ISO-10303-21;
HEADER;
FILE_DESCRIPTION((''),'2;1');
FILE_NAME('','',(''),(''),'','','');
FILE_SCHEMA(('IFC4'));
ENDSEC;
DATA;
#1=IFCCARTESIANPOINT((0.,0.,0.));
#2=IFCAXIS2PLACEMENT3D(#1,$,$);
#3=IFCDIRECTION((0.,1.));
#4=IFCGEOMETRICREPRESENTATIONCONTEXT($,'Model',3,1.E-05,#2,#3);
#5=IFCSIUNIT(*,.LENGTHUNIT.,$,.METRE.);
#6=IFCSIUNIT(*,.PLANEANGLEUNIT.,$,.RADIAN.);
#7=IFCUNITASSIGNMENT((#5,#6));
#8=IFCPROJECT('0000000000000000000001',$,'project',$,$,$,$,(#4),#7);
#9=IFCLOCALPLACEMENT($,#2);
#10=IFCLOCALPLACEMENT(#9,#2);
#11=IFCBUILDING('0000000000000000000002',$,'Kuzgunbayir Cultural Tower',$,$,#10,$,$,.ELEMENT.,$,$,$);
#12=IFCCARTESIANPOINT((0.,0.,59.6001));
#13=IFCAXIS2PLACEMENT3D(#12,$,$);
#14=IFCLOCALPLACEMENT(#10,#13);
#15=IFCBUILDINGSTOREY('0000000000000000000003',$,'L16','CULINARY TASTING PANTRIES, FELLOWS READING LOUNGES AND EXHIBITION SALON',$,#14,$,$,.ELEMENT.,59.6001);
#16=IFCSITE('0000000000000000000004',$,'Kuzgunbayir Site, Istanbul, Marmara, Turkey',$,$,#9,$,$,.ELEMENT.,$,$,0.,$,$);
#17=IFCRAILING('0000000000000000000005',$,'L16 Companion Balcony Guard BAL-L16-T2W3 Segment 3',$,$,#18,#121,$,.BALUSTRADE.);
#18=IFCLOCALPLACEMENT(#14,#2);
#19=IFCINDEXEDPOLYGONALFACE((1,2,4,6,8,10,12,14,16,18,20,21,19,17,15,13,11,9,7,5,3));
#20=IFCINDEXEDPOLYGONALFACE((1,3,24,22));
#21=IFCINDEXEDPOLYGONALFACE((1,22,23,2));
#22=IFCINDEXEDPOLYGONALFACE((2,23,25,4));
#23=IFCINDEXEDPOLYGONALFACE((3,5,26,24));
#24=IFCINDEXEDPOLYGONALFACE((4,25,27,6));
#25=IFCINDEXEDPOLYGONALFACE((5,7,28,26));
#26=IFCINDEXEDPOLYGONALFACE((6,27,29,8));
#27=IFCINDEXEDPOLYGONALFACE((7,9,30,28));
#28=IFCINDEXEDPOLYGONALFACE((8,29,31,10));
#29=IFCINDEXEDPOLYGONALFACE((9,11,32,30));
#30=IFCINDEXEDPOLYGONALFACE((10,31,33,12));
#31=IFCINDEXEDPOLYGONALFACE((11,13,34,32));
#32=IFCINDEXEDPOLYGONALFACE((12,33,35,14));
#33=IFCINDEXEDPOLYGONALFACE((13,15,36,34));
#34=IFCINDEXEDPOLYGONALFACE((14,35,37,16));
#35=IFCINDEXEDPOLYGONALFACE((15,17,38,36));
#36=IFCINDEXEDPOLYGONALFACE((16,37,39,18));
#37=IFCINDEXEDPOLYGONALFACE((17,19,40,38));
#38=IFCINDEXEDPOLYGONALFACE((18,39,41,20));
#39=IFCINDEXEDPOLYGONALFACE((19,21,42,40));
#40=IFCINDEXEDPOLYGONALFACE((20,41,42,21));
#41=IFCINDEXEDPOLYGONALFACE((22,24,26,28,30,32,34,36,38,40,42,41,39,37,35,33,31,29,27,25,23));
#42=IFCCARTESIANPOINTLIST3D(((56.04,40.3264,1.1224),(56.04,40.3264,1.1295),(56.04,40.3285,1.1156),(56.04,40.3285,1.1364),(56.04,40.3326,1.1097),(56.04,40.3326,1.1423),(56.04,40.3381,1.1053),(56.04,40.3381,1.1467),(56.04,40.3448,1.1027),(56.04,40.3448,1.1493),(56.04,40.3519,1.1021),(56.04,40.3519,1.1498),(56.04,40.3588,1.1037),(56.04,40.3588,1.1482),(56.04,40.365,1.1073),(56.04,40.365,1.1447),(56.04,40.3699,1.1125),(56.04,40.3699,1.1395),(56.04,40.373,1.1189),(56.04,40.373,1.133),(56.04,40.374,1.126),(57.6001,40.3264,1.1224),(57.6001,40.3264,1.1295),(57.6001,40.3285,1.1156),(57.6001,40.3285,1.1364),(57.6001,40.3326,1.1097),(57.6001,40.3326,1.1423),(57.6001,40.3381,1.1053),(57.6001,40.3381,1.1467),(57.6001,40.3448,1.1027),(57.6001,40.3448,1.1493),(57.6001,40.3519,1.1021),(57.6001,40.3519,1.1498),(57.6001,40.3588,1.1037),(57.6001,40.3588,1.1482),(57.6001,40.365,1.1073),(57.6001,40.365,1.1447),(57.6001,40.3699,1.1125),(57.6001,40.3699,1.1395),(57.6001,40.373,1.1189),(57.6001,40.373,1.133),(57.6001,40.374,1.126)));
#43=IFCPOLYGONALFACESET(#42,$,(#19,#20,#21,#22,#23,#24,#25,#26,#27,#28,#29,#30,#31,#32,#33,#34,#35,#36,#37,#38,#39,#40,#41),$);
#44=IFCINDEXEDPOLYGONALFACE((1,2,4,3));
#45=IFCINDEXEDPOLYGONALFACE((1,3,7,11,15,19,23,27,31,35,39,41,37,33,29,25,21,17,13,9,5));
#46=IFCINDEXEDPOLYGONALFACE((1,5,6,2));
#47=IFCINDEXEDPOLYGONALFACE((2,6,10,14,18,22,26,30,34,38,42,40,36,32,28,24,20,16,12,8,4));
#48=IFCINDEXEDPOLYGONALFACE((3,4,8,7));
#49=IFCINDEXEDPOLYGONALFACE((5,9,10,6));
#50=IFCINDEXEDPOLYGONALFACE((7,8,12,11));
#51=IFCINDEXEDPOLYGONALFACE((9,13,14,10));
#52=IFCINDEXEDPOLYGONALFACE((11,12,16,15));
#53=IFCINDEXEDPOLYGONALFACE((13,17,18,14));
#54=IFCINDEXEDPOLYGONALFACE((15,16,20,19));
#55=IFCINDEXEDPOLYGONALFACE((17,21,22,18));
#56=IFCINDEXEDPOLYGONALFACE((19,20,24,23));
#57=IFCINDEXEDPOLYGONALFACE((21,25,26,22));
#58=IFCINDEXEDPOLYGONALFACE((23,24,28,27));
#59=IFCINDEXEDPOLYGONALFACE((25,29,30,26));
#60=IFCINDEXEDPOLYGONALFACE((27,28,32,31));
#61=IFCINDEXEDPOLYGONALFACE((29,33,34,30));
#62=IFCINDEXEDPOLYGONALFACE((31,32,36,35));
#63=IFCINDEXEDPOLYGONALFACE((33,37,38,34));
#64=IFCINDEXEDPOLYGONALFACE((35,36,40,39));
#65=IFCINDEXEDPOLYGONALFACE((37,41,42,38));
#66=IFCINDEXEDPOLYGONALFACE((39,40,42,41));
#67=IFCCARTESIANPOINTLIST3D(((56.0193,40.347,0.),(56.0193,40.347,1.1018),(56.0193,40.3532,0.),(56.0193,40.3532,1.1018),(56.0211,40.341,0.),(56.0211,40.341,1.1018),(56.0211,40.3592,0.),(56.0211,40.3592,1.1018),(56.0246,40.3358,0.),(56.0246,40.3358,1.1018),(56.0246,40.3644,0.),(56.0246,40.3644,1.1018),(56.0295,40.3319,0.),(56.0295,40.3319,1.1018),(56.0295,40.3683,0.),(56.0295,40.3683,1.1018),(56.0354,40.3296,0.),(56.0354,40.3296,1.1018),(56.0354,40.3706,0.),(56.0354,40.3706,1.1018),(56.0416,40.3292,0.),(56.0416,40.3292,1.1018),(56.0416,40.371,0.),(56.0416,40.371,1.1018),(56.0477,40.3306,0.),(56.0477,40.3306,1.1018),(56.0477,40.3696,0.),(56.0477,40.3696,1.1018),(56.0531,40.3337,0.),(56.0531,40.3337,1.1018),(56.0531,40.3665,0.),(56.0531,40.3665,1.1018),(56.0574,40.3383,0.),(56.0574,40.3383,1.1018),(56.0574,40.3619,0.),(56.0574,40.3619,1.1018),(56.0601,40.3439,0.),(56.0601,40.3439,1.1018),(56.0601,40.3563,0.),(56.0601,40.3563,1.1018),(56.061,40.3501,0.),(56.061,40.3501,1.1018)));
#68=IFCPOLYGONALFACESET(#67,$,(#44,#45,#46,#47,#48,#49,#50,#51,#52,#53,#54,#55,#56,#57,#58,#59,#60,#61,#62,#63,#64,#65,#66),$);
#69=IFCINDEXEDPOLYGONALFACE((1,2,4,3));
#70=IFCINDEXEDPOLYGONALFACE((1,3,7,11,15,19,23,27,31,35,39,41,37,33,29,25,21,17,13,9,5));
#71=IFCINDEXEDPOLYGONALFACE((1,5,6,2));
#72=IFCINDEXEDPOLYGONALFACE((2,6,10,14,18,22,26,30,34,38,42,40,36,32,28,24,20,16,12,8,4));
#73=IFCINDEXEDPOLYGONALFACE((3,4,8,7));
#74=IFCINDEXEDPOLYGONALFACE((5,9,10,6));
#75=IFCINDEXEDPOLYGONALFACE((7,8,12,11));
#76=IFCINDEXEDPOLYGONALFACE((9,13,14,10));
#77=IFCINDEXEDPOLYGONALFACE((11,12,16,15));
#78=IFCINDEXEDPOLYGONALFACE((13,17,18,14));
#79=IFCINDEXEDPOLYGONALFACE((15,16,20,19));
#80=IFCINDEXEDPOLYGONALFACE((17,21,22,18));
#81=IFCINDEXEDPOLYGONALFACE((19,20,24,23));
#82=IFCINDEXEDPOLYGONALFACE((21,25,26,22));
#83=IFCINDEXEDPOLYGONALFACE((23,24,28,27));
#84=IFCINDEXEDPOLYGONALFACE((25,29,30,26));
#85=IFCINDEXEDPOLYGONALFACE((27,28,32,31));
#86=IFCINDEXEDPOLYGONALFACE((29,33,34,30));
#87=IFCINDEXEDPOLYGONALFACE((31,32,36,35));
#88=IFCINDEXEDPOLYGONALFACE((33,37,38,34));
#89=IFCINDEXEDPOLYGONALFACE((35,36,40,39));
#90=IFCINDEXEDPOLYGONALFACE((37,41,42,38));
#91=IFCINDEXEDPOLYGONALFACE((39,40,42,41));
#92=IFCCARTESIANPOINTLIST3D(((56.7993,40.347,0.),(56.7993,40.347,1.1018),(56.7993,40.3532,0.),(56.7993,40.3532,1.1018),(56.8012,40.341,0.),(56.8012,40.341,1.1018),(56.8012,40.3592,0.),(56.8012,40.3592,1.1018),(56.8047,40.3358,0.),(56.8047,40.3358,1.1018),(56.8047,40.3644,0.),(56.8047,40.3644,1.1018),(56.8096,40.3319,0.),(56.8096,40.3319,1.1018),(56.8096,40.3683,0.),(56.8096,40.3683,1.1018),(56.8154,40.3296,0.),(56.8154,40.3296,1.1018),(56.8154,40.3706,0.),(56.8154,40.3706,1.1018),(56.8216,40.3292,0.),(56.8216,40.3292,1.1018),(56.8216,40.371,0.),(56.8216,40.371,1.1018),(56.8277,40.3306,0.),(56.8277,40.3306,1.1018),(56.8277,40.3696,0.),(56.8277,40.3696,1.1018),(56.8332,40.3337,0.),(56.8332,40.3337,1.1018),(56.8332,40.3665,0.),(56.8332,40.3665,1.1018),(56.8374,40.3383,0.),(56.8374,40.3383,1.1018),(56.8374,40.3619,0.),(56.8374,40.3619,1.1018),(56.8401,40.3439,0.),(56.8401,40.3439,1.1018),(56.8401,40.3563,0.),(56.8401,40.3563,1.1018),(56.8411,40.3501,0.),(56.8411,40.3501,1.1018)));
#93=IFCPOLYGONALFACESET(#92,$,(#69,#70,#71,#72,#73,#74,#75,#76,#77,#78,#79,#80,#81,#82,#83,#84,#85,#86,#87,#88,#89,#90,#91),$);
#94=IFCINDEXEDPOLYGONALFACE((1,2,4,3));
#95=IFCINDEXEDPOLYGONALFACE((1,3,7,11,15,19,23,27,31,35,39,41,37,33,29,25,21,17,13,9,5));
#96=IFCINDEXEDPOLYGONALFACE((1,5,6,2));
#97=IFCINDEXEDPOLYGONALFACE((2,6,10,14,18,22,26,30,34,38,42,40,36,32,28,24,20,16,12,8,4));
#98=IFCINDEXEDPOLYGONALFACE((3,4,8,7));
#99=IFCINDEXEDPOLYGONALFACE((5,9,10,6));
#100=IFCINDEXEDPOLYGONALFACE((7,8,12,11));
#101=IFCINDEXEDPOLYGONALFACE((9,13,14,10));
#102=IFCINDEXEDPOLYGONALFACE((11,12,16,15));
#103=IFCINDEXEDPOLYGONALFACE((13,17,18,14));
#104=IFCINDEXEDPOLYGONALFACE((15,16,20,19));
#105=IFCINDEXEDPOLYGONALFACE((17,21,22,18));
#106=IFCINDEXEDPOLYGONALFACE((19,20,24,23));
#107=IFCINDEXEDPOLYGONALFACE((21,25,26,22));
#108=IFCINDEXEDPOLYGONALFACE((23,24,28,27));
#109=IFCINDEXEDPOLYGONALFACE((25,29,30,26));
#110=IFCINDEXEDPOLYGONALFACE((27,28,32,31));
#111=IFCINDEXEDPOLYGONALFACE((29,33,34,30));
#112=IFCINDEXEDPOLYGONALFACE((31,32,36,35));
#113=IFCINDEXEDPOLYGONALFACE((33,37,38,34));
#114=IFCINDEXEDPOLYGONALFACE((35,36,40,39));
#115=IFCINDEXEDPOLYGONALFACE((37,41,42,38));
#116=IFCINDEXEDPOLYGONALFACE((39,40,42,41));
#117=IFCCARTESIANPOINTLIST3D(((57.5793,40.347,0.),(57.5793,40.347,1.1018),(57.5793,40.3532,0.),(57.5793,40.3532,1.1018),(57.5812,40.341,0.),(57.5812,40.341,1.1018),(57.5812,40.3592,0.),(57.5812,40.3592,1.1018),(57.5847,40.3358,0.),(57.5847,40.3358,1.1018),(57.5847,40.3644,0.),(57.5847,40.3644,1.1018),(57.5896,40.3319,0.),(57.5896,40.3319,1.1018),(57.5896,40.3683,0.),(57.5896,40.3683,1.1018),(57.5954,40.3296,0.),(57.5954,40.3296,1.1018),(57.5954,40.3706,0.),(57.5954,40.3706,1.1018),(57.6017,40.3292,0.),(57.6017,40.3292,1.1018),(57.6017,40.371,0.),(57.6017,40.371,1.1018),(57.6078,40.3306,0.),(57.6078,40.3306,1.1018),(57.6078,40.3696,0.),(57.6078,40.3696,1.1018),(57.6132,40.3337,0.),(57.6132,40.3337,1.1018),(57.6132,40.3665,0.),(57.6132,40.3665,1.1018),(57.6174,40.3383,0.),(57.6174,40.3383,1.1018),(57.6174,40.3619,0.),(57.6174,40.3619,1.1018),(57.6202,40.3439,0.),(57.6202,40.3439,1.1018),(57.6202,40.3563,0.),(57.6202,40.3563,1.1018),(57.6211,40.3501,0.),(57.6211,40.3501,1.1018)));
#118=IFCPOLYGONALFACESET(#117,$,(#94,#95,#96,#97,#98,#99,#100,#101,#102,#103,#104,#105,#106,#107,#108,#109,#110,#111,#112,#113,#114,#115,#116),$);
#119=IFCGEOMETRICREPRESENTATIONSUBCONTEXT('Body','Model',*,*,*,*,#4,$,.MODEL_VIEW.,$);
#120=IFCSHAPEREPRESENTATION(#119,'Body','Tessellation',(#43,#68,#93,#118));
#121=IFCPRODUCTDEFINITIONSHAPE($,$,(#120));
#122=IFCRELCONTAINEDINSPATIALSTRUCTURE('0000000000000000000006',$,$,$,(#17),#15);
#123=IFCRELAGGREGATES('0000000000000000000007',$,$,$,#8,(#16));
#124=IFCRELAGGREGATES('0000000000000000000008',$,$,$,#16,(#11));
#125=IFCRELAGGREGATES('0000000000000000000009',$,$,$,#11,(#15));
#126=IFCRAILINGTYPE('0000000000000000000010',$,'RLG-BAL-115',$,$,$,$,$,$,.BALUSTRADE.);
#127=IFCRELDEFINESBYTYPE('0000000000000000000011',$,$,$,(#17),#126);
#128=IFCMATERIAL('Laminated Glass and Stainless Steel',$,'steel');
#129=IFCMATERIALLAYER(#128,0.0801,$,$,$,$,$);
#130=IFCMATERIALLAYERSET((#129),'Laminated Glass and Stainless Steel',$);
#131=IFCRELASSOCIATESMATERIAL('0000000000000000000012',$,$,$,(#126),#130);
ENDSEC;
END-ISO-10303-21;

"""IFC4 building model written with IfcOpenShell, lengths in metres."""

from ifc_helpers import new_model, si_unit, direction, frame, origin, origin_2d, place, context, subcontext, project, spatial, circle, extrude, material, layer, layer_set, type_object, element, save


model = new_model("IFC4")

# Units and contexts
model_context = context("Model", 3, precision=1e-05, world=origin(), true_north=direction((0.0, 1.0)))
body_context = subcontext(model_context, "Body", "Model", "MODEL_VIEW")
ifc_project = project(units=[si_unit("LENGTHUNIT", "METRE"), si_unit("PLANEANGLEUNIT", "RADIAN")], contexts=[model_context])

# Site, building, storey
site_placement = place(None, origin())
site = spatial("IfcSite", under=ifc_project, at=site_placement, Name="Kuzgunbayir Site, Istanbul, Marmara, Turkey", CompositionType="ELEMENT", RefElevation=0.0)
building_placement = place(site_placement, origin())
building = spatial("IfcBuilding", under=site, at=building_placement, Name="Kuzgunbayir Cultural Tower", CompositionType="ELEMENT")
storey_placement = place(building_placement, frame((0.0, 0.0, 59.6001)))
storey = spatial("IfcBuildingStorey", under=building, at=storey_placement, Name="L16", Description="CULINARY TASTING PANTRIES, FELLOWS READING LOUNGES AND EXHIBITION SALON", CompositionType="ELEMENT", Elevation=59.6001)

# Railing
ifc_material_1 = material(Name="Laminated Glass and Stainless Steel", Category="steel")
ifc_layer_1 = layer(ifc_material_1, 0.0801)
ifc_layer_set_1 = layer_set([ifc_layer_1], Name="Laminated Glass and Stainless Steel")
railing_type = type_object("IfcRailingType", Name="RLG-BAL-115", PredefinedType="BALUSTRADE", material=ifc_layer_set_1)
railing_1_placement = place(storey_placement, frame((56.04, 40.3501, 0.0)))
element("IfcRailing", 1, at=railing_1_placement, inside=storey, type_object=railing_type, Name="L16 Companion Balcony Guard BAL-L16-T2W3 Segment 3", PredefinedType="BALUSTRADE", context=body_context, shape_type="SweptSolid", body=[
    extrude(circle(Radius=0.0239, at=origin_2d()), frame((0.0, 0.0, 1.126), z_axis=(1.0, 0.0, 0.0), x_axis=(0.0, 1.0, 0.0)), (0.0, 0.0, 1.0), 1.5601),
    extrude(circle(Radius=0.021, at=origin_2d()), origin(), (0.0, 0.0, 1.0), 1.1018),
    extrude(circle(Radius=0.021, at=origin_2d()), frame((0.78, 0.0, 0.0)), (0.0, 0.0, 1.0), 1.1018),
    extrude(circle(Radius=0.021, at=origin_2d()), frame((1.5601, 0.0, 0.0)), (0.0, 0.0, 1.0), 1.1018),
])

save(model, "model.ifc")
